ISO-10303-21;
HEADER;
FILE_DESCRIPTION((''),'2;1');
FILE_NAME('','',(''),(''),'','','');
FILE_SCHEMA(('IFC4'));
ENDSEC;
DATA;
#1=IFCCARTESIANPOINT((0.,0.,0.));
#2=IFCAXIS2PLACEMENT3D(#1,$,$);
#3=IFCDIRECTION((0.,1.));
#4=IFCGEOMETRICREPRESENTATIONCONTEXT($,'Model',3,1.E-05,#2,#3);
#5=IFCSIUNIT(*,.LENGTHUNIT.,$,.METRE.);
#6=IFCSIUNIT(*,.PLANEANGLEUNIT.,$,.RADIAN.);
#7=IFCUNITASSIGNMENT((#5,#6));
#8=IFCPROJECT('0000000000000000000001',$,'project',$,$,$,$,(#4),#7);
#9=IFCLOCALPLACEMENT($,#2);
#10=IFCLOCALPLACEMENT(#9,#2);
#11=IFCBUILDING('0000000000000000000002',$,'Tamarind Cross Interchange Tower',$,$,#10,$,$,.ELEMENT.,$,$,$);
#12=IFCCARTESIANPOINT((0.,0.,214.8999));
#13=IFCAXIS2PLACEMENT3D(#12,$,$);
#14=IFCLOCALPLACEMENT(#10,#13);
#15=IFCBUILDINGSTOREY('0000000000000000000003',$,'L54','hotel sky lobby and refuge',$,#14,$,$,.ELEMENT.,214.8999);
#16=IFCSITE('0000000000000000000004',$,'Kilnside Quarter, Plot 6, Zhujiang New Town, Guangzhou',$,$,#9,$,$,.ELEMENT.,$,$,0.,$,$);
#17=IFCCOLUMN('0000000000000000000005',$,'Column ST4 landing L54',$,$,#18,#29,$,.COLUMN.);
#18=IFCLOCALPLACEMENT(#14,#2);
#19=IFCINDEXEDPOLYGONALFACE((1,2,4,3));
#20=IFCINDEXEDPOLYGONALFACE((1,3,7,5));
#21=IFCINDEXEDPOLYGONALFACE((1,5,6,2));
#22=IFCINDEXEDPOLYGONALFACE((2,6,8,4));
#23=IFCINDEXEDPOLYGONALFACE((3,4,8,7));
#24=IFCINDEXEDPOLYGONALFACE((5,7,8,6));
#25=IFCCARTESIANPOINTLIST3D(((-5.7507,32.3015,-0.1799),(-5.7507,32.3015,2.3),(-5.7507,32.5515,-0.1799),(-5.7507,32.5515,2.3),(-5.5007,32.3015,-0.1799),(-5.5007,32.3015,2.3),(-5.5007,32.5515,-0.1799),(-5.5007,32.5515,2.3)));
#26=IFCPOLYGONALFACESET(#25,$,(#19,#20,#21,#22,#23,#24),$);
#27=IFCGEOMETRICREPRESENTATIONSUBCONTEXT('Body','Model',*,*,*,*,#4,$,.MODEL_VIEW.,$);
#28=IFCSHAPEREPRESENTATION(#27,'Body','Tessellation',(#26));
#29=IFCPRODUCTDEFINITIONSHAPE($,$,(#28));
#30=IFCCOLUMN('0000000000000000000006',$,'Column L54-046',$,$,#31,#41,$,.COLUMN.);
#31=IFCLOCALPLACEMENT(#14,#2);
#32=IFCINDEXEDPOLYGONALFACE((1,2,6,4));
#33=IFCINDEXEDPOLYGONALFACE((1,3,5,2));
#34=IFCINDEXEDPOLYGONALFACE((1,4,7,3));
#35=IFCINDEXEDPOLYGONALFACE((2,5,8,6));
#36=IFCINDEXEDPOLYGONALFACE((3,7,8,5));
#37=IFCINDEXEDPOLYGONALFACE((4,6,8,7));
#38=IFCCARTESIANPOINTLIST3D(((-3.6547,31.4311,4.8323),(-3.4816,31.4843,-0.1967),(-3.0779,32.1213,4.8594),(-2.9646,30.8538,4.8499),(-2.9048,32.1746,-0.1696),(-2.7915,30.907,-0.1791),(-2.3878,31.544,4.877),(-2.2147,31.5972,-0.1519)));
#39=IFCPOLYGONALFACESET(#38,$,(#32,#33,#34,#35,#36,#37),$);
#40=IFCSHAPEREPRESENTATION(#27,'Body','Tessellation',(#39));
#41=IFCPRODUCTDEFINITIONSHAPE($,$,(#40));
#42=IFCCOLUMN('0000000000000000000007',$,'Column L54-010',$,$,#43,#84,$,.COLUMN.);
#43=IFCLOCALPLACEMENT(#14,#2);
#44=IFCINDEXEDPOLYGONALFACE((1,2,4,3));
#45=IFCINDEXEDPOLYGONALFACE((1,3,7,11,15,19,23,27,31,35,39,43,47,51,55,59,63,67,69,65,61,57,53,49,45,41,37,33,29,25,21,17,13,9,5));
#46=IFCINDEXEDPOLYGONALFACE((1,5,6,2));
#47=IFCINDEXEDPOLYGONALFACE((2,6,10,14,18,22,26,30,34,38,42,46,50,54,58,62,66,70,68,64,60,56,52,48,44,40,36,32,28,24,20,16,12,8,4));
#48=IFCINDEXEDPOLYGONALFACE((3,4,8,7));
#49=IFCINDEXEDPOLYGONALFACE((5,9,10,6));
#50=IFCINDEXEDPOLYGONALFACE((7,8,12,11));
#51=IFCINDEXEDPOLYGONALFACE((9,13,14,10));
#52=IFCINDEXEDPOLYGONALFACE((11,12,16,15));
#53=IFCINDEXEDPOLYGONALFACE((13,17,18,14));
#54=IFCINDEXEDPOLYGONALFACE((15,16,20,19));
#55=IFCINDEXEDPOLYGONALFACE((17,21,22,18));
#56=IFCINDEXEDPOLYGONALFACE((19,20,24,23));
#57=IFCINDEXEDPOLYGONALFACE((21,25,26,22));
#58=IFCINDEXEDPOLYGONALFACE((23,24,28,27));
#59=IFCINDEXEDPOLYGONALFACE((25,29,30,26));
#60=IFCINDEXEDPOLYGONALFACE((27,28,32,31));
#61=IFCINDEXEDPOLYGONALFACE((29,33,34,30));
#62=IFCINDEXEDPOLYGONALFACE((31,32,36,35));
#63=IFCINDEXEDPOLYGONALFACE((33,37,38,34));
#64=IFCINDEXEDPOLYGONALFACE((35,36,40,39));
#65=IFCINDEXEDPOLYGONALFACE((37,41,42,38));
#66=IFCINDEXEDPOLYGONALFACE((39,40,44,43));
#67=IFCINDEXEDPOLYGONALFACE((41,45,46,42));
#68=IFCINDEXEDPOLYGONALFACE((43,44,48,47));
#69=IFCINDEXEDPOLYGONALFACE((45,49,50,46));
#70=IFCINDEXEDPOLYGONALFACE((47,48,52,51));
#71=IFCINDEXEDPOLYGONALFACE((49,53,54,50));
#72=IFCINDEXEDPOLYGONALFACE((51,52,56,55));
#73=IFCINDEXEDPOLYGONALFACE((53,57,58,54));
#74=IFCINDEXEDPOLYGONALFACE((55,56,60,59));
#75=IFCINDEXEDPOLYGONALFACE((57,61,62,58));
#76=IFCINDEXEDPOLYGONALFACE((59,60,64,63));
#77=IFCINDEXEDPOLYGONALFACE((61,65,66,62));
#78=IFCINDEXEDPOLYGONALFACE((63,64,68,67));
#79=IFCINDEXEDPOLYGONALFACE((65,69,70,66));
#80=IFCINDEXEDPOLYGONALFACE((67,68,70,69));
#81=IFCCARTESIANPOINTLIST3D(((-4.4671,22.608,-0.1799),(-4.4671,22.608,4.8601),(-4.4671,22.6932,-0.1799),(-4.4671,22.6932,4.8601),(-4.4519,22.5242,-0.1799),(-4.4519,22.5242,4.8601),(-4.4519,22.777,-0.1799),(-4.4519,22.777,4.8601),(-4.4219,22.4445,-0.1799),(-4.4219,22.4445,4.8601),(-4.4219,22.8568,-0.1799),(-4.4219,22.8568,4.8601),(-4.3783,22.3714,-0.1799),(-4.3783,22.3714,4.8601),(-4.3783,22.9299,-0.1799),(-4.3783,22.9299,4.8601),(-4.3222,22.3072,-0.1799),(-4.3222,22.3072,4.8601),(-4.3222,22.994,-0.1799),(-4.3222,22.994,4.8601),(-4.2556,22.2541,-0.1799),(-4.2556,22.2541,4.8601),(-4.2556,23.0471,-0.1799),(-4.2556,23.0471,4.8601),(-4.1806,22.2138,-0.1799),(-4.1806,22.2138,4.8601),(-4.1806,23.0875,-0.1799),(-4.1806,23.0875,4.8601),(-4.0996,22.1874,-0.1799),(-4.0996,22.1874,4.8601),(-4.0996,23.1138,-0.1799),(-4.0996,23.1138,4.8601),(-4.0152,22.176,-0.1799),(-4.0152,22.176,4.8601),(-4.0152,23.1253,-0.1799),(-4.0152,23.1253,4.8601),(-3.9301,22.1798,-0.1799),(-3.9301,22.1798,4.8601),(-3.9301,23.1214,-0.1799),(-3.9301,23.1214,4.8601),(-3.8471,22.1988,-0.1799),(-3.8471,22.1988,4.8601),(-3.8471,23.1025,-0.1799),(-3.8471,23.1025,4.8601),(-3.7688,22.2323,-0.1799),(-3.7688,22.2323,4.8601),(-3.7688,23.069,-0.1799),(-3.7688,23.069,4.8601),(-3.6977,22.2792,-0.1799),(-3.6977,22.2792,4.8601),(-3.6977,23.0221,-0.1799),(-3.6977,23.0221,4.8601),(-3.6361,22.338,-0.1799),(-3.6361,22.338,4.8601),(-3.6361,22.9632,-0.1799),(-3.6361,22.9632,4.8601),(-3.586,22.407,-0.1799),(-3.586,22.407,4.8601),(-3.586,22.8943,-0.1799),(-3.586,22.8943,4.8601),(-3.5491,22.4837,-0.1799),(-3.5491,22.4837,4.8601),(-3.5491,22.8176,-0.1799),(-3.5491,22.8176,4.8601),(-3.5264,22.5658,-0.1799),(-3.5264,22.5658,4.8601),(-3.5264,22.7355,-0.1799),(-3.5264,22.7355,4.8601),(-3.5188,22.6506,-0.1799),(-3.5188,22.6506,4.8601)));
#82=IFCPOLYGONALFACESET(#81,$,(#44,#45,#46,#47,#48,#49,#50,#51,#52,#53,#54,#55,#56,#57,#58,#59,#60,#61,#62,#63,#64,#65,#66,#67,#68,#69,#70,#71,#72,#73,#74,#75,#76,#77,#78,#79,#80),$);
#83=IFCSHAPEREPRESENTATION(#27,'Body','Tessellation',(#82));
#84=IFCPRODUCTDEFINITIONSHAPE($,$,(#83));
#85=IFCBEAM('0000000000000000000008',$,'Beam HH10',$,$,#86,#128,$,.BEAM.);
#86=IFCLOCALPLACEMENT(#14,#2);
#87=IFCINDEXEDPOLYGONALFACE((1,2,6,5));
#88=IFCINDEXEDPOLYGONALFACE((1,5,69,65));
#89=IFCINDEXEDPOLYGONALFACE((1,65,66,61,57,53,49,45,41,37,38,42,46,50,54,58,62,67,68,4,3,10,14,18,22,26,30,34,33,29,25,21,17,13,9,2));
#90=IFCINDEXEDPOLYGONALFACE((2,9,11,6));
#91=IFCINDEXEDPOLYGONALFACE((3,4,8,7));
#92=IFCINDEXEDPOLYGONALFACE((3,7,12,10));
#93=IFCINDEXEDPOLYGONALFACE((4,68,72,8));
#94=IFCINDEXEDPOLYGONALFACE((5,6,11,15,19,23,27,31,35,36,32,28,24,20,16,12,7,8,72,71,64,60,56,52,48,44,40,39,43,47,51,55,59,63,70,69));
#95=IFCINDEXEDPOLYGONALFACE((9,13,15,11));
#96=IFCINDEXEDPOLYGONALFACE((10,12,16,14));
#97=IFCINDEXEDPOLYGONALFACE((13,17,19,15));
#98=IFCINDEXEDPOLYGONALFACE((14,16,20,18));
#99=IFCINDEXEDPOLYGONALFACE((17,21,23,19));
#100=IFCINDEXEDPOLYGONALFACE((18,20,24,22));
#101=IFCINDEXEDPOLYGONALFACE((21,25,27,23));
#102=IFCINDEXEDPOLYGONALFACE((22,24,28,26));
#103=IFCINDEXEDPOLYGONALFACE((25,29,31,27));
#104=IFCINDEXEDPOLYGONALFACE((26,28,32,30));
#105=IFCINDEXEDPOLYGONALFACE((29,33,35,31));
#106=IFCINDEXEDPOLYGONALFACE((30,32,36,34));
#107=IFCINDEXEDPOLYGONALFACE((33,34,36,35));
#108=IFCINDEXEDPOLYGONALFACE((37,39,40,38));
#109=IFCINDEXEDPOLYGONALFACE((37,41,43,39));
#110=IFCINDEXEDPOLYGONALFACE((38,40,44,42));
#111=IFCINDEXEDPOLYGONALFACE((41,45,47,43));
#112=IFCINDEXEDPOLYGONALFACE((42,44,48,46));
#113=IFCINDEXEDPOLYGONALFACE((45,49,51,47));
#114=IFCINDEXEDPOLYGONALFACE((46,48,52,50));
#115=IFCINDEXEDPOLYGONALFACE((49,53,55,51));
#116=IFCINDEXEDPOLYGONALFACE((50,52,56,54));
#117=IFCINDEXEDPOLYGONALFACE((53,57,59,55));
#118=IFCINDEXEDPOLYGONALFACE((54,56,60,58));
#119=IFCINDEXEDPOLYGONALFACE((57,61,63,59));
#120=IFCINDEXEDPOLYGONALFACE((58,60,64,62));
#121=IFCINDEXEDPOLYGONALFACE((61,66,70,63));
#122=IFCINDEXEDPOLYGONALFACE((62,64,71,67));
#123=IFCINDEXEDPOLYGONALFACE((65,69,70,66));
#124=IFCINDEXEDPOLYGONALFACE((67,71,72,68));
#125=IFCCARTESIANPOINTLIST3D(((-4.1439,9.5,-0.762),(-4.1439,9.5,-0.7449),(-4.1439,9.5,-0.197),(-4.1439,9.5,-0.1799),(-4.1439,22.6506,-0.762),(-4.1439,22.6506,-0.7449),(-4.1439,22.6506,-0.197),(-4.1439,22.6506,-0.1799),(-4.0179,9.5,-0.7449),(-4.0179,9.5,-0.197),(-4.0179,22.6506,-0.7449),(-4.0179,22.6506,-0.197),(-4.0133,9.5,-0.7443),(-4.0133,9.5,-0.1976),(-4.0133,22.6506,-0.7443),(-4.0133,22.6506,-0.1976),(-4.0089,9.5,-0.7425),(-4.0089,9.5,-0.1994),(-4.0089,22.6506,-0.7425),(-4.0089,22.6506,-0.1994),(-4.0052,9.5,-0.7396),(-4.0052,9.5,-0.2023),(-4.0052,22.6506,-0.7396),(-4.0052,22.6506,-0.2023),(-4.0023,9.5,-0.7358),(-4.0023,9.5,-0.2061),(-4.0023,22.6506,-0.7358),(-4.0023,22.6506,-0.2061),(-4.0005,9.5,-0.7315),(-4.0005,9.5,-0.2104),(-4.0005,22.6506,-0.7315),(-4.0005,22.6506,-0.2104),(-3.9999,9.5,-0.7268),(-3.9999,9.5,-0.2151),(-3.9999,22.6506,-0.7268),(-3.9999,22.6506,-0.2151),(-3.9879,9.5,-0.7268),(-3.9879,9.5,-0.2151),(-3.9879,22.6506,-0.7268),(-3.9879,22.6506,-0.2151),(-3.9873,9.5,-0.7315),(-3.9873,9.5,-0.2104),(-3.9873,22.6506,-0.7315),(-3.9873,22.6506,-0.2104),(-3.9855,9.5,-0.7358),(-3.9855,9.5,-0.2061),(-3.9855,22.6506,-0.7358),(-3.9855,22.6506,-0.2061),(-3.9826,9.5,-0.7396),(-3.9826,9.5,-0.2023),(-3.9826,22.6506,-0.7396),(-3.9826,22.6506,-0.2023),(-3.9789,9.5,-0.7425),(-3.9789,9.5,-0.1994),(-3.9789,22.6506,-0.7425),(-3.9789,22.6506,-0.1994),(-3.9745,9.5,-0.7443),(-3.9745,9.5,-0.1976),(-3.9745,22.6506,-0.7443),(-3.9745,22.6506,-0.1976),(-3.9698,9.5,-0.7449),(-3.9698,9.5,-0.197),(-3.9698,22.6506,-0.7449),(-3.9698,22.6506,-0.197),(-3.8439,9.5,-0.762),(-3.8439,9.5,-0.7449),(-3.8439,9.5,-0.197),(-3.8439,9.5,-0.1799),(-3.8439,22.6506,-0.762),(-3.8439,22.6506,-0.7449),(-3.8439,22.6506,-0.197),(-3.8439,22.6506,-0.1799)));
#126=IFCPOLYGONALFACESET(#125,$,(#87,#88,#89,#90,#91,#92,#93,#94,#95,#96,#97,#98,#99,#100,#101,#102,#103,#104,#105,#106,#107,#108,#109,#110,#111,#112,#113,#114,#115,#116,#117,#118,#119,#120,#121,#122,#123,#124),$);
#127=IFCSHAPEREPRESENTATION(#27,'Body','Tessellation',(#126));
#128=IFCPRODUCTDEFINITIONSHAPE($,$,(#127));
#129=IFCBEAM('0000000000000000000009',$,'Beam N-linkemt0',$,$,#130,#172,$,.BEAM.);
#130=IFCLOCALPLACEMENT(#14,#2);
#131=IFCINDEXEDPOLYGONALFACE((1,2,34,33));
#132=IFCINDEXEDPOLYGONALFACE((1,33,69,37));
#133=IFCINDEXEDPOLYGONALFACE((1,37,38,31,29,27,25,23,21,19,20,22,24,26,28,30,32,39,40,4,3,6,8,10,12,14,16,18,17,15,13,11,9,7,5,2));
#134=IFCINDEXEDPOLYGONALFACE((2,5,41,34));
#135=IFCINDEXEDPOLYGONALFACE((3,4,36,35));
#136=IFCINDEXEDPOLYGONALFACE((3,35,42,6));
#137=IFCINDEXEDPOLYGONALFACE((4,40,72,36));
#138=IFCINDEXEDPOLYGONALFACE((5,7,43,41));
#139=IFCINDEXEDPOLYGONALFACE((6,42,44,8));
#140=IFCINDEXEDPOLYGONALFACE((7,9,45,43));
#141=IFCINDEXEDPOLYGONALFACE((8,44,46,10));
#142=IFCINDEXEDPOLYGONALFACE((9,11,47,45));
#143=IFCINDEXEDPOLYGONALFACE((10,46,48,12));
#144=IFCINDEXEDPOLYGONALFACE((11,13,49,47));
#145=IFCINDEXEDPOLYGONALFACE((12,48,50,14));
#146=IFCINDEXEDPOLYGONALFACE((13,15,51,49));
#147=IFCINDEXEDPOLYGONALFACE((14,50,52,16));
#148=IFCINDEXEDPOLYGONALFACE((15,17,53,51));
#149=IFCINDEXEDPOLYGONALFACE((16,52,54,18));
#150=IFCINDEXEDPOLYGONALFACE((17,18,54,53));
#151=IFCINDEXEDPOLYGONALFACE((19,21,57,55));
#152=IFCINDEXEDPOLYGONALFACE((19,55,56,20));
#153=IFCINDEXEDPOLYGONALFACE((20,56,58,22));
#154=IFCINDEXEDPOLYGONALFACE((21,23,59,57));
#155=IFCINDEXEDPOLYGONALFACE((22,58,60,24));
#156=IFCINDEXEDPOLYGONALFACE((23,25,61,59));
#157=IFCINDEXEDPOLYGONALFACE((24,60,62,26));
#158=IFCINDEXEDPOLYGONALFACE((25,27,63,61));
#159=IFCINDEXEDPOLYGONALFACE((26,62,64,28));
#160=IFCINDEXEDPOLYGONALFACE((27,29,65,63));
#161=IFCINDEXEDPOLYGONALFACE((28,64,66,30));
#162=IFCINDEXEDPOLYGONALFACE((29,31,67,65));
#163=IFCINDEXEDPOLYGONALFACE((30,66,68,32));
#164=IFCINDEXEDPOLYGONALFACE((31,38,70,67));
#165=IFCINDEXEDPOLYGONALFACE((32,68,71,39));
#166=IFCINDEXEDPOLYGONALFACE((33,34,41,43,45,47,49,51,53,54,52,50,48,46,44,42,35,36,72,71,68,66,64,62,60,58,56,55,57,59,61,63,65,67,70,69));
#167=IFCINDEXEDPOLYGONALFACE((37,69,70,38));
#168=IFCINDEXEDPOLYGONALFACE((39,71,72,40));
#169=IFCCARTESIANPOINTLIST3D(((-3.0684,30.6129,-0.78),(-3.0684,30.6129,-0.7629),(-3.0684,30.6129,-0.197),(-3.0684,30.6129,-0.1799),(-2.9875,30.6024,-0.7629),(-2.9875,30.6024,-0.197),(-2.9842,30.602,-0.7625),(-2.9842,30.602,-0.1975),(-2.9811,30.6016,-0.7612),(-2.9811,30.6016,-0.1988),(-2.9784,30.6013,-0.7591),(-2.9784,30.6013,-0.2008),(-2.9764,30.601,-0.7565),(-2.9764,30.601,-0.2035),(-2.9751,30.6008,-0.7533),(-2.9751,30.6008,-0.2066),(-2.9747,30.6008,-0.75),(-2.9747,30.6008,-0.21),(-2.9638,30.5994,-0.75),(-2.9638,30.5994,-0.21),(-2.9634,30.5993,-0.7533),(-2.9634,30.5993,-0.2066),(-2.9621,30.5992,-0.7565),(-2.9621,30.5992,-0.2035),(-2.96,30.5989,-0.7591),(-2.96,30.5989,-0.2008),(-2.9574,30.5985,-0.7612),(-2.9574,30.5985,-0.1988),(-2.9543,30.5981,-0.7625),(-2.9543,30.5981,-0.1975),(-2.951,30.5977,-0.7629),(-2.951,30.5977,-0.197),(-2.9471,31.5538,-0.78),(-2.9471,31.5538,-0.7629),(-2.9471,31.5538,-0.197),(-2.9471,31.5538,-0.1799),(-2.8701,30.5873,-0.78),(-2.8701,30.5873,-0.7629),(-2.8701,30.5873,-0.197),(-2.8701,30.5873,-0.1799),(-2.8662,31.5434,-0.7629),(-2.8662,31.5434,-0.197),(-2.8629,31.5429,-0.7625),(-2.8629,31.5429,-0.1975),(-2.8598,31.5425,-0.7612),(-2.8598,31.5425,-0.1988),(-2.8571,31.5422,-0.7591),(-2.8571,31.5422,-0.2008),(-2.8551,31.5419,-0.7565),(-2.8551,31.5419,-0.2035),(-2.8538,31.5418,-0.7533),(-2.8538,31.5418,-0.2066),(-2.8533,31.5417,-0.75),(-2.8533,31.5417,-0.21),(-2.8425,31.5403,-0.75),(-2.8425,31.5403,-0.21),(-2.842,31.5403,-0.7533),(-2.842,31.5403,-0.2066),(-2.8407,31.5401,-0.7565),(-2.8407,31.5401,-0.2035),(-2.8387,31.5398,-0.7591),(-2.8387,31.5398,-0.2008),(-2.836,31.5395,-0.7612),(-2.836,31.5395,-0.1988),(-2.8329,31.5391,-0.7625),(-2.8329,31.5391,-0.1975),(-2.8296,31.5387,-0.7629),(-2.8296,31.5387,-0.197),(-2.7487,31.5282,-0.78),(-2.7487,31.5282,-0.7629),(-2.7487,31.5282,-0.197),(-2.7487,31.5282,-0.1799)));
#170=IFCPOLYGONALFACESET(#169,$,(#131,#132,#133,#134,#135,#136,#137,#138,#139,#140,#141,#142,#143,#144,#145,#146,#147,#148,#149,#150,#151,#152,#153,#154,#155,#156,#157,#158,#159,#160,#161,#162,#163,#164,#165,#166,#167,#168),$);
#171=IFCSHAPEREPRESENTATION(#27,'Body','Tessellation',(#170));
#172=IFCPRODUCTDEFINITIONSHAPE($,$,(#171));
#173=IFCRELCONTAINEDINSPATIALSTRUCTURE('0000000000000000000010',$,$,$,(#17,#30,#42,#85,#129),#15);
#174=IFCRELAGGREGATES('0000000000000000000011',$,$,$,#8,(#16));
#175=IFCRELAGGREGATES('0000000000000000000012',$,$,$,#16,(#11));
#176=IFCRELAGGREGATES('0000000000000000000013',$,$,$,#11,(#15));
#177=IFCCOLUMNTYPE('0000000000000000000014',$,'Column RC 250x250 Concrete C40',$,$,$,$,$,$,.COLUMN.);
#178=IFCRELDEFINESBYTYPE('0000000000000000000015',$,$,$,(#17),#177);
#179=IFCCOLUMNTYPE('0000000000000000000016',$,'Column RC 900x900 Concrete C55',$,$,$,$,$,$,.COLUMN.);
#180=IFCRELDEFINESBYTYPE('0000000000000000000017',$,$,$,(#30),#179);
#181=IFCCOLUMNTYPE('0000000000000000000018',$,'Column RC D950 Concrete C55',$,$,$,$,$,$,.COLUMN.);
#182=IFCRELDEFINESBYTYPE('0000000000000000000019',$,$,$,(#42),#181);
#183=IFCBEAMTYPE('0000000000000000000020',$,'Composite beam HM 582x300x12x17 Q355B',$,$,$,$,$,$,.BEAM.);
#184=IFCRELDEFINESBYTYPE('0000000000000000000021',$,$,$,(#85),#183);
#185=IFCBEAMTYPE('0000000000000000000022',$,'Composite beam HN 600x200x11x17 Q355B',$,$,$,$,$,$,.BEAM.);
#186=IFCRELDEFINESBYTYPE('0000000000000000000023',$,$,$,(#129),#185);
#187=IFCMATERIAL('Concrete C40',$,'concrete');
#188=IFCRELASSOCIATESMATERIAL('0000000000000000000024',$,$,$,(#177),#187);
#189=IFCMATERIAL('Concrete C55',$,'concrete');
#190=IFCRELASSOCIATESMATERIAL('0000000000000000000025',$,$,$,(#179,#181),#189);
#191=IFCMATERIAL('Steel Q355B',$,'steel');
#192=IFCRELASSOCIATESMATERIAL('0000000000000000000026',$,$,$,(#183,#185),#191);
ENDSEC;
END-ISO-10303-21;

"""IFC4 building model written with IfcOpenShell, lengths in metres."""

from ifc_helpers import new_model, si_unit, direction, frame, origin, origin_2d, place, context, subcontext, project, spatial, rectangle, circle, i_section, extrude, material, material_profile, profile_set, type_object, element, save


model = new_model("IFC4")

# Units and contexts
model_context = context("Model", 3, precision=1e-05, world=origin(), true_north=direction((0.0, 1.0)))
body_context = subcontext(model_context, "Body", "Model", "MODEL_VIEW")
ifc_project = project(units=[si_unit("LENGTHUNIT", "METRE"), si_unit("PLANEANGLEUNIT", "RADIAN")], contexts=[model_context])

# Site, building, storey
site_placement = place(None, origin())
site = spatial("IfcSite", under=ifc_project, at=site_placement, Name="Kilnside Quarter, Plot 6, Zhujiang New Town, Guangzhou", CompositionType="ELEMENT", RefElevation=0.0)
building_placement = place(site_placement, origin())
building = spatial("IfcBuilding", under=site, at=building_placement, Name="Tamarind Cross Interchange Tower", CompositionType="ELEMENT")
storey_placement = place(building_placement, frame((0.0, 0.0, 214.8999)))
storey = spatial("IfcBuildingStorey", under=building, at=storey_placement, Name="L54", Description="hotel sky lobby and refuge", CompositionType="ELEMENT", Elevation=214.8999)

# Columns
ifc_material_1 = material(Name="Concrete C40", Category="concrete")
ifc_material_profile_1 = material_profile(ifc_material_1, rectangle(XDim=0.25, YDim=0.25, at=origin_2d()), Name="RC 250x250")
ifc_profile_set_1 = profile_set([ifc_material_profile_1], Name="Concrete C40")
column_type_1 = type_object("IfcColumnType", Name="Column RC 250x250 Concrete C40", PredefinedType="COLUMN", material=ifc_profile_set_1)
column_1_placement = place(storey_placement, frame((-5.6257, 32.4265, -0.1799), z_axis=(0.0, 0.0, 1.0), x_axis=(1.0, 0.0, 0.0)))
element("IfcColumn", 1, at=column_1_placement, inside=storey, type_object=column_type_1, Name="Column ST4 landing L54", PredefinedType="COLUMN", context=body_context, shape_type="SweptSolid", body=[
    extrude(rectangle(XDim=0.25, YDim=0.25, at=origin_2d()), origin(), (0.0, 0.0, 1.0), 2.48),
])
ifc_material_2 = material(Name="Concrete C55", Category="concrete")
ifc_material_profile_2 = material_profile(ifc_material_2, rectangle(XDim=0.8999, YDim=0.8999, at=origin_2d()), Name="RC 900x900")
ifc_profile_set_2 = profile_set([ifc_material_profile_2], Name="Concrete C55")
column_type_2 = type_object("IfcColumnType", Name="Column RC 900x900 Concrete C55", PredefinedType="COLUMN", material=ifc_profile_set_2)
column_2_placement = place(storey_placement, frame((-2.8481, 31.5408, -0.1743), z_axis=(-0.034397, -0.010576, 0.999352), x_axis=(0.766822, -0.641561, 0.019604)))
element("IfcColumn", 2, at=column_2_placement, inside=storey, type_object=column_type_2, Name="Column L54-046", PredefinedType="COLUMN", context=body_context, shape_type="SweptSolid", body=[
    extrude(rectangle(XDim=0.8999, YDim=0.8999, at=origin_2d()), origin(), (0.0, 0.0, 1.0), 5.0322),
])
ifc_material_profile_3 = material_profile(ifc_material_2, circle(Radius=0.4751, at=origin_2d()), Name="RC D950")
ifc_profile_set_3 = profile_set([ifc_material_profile_3], Name="Concrete C55")
column_type_3 = type_object("IfcColumnType", Name="Column RC D950 Concrete C55", PredefinedType="COLUMN", material=ifc_profile_set_3)
column_3_placement = place(storey_placement, frame((-3.9939, 22.6506, -0.1799), z_axis=(0.0, 0.0, 1.0), x_axis=(1.0, 0.0, 0.0)))
element("IfcColumn", 3, at=column_3_placement, inside=storey, type_object=column_type_3, Name="Column L54-010", PredefinedType="COLUMN", context=body_context, shape_type="SweptSolid", body=[
    extrude(circle(Radius=0.4751, at=origin_2d()), origin(), (0.0, 0.0, 1.0), 5.04),
])

# Beams
ifc_material_3 = material(Name="Steel Q355B", Category="steel")
ifc_material_profile_4 = material_profile(ifc_material_3, i_section(OverallWidth=0.3, OverallDepth=0.582, WebThickness=0.012, FlangeThickness=0.0171, FilletRadius=0.0181, at=origin_2d()), Name="HM 582x300x12x17")
ifc_profile_set_4 = profile_set([ifc_material_profile_4], Name="Steel Q355B")
beam_type_1 = type_object("IfcBeamType", Name="Composite beam HM 582x300x12x17 Q355B", PredefinedType="BEAM", material=ifc_profile_set_4)
beam_1_placement = place(storey_placement, frame((-3.9939, 22.6506, -0.4709), z_axis=(0.0, -1.0, 0.0), x_axis=(1.0, 0.0, 0.0)))
element("IfcBeam", 4, at=beam_1_placement, inside=storey, type_object=beam_type_1, Name="Beam HH10", PredefinedType="BEAM", context=body_context, shape_type="SweptSolid", body=[
    extrude(i_section(OverallWidth=0.3, OverallDepth=0.582, WebThickness=0.012, FlangeThickness=0.0171, FilletRadius=0.0181, at=origin_2d()), origin(), (0.0, 0.0, 1.0), 13.1506),
])
ifc_material_profile_5 = material_profile(ifc_material_3, i_section(OverallWidth=0.2, OverallDepth=0.6001, WebThickness=0.011, FlangeThickness=0.0171, FilletRadius=0.0129, at=origin_2d()), Name="HN 600x200x11x17")
ifc_profile_set_5 = profile_set([ifc_material_profile_5], Name="Steel Q355B")
beam_type_2 = type_object("IfcBeamType", Name="Composite beam HN 600x200x11x17 Q355B", PredefinedType="BEAM", material=ifc_profile_set_5)
beam_2_placement = place(storey_placement, frame((-2.8479, 31.541, -0.48), z_axis=(-0.127898, -0.991787, 0.0), x_axis=(0.991787, -0.127898, 0.0)))
element("IfcBeam", 5, at=beam_2_placement, inside=storey, type_object=beam_type_2, Name="Beam N-linkemt0", PredefinedType="BEAM", context=body_context, shape_type="SweptSolid", body=[
    extrude(i_section(OverallWidth=0.2, OverallDepth=0.6001, WebThickness=0.011, FlangeThickness=0.0171, FilletRadius=0.0129, at=origin_2d()), origin(), (0.0, 0.0, 1.0), 0.9487),
])

save(model, "model.ifc")
